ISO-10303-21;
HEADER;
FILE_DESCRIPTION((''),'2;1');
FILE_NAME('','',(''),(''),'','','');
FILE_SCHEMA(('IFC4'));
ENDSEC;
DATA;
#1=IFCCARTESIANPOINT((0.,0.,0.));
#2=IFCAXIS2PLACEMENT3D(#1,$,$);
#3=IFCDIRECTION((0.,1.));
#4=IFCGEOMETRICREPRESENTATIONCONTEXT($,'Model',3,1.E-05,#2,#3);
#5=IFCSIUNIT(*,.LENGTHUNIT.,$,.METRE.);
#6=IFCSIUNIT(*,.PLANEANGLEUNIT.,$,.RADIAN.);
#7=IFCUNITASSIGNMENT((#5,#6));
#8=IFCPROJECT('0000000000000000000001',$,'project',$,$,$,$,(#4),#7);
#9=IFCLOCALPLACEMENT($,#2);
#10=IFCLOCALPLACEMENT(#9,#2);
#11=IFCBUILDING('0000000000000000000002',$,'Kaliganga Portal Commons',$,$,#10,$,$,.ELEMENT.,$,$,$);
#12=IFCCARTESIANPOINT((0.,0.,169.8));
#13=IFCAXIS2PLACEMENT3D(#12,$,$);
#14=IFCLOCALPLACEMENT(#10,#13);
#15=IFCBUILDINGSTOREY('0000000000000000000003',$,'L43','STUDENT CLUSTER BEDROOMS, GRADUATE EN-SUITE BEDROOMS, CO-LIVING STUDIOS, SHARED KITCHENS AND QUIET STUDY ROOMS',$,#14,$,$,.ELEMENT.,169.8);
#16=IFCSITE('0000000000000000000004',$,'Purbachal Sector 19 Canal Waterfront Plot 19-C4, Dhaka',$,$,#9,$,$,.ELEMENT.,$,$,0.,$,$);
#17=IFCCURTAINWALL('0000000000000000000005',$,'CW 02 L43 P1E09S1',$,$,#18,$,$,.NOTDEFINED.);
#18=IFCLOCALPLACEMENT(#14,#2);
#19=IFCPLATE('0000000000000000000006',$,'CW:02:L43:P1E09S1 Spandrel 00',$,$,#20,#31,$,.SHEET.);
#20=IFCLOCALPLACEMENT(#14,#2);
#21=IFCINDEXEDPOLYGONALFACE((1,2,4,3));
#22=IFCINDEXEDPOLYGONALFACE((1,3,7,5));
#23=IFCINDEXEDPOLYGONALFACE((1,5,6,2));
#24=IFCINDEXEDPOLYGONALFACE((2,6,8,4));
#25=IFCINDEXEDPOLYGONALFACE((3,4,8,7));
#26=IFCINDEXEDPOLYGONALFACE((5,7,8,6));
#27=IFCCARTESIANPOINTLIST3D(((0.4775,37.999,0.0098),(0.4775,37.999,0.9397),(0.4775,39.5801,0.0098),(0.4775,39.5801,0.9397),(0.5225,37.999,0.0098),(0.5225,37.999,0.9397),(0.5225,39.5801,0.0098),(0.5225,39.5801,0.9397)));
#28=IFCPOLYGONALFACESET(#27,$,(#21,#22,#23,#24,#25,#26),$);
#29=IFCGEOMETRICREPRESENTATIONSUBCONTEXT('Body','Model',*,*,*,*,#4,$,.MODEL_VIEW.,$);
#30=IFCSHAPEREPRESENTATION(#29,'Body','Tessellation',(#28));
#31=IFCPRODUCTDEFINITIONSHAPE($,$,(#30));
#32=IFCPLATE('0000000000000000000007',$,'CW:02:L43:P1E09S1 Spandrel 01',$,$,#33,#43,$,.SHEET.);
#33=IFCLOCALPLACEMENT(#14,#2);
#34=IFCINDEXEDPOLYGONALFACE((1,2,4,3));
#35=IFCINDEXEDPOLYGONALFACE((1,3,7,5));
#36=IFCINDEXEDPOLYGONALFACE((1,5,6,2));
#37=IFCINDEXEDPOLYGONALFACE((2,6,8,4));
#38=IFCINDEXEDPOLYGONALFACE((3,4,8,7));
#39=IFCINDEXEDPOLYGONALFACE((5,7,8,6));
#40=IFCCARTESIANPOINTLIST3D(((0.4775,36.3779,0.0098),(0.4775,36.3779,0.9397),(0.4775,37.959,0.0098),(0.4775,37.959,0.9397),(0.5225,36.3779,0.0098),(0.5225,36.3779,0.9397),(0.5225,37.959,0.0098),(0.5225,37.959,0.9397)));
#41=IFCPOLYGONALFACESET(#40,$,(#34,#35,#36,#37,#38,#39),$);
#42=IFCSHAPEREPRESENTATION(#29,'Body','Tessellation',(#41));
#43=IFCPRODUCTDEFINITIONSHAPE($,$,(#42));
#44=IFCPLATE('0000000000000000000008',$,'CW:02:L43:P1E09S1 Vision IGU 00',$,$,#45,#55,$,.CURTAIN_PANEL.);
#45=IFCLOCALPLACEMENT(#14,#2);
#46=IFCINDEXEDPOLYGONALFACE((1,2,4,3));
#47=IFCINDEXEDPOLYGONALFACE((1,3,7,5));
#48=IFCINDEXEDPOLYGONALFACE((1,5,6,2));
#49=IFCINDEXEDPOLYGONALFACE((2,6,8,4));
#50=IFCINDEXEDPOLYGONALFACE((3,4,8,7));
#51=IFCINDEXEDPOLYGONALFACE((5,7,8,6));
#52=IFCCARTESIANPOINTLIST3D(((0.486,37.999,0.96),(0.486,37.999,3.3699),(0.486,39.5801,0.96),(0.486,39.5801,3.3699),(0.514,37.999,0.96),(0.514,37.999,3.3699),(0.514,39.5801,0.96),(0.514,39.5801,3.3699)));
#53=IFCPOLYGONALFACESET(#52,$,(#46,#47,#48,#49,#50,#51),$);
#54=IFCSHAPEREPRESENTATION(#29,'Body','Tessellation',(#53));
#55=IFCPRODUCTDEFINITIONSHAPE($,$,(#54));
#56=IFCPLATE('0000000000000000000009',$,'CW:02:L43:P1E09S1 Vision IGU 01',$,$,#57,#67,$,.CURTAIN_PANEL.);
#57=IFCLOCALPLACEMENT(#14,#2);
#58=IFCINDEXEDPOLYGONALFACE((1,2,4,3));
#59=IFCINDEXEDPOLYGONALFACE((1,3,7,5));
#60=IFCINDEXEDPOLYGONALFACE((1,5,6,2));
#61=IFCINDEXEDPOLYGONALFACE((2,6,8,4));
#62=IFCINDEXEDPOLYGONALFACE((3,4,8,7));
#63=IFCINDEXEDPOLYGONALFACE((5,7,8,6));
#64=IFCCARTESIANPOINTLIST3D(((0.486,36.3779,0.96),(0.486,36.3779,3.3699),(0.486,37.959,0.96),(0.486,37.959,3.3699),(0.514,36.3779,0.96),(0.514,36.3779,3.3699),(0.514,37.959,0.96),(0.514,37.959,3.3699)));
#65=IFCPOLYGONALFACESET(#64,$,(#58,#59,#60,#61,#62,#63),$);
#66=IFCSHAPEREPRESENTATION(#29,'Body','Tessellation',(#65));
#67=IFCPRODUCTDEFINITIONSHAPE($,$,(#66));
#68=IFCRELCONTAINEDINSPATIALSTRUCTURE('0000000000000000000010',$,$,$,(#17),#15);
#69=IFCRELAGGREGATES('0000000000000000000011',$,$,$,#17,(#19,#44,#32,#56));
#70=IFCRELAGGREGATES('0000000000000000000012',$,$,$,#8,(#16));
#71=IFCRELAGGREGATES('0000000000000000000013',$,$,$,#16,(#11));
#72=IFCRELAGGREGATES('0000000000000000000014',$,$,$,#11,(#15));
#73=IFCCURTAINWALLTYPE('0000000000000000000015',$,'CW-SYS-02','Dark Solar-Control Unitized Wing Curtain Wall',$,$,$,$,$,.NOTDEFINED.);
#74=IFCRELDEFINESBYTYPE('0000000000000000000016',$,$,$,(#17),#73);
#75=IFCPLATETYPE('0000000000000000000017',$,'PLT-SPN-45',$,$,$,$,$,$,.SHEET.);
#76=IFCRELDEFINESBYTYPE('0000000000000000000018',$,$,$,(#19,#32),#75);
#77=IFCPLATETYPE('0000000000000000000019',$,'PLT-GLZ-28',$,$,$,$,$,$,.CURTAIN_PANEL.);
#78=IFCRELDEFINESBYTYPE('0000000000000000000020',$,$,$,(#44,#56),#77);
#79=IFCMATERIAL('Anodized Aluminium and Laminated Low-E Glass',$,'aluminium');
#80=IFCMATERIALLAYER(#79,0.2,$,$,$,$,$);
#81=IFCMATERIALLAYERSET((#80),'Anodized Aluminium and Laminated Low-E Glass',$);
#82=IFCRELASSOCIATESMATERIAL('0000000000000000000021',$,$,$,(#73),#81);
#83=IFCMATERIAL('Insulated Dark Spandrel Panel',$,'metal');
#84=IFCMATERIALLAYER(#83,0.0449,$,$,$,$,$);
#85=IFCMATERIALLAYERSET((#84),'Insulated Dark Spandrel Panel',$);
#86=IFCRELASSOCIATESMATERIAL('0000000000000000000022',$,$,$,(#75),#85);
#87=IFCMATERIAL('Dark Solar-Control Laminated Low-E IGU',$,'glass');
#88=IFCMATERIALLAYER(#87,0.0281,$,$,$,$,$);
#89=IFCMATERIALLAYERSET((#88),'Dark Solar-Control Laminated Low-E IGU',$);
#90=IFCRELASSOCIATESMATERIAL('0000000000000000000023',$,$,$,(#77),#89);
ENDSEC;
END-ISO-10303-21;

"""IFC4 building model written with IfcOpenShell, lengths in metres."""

from ifc_helpers import new_model, si_unit, direction, frame, origin, origin_2d, place, context, subcontext, project, spatial, rectangle, extrude, source, transform, mapped, material, layer, layer_set, type_object, element, aggregate, save


model = new_model("IFC4")

# Units and contexts
model_context = context("Model", 3, precision=1e-05, world=origin(), true_north=direction((0.0, 1.0)))
body_context = subcontext(model_context, "Body", "Model", "MODEL_VIEW")
ifc_project = project(units=[si_unit("LENGTHUNIT", "METRE"), si_unit("PLANEANGLEUNIT", "RADIAN")], contexts=[model_context])

# Site, building, storey
site_placement = place(None, origin())
site = spatial("IfcSite", under=ifc_project, at=site_placement, Name="Purbachal Sector 19 Canal Waterfront Plot 19-C4, Dhaka", CompositionType="ELEMENT", RefElevation=0.0)
building_placement = place(site_placement, origin())
building = spatial("IfcBuilding", under=site, at=building_placement, Name="Kaliganga Portal Commons", CompositionType="ELEMENT")
storey_placement = place(building_placement, frame((0.0, 0.0, 169.8)))
storey = spatial("IfcBuildingStorey", under=building, at=storey_placement, Name="L43", Description="STUDENT CLUSTER BEDROOMS, GRADUATE EN-SUITE BEDROOMS, CO-LIVING STUDIOS, SHARED KITCHENS AND QUIET STUDY ROOMS", CompositionType="ELEMENT", Elevation=169.8)

# Curtain wall
ifc_material_1 = material(Name="Anodized Aluminium and Laminated Low-E Glass", Category="aluminium")
ifc_layer_1 = layer(ifc_material_1, 0.2)
ifc_layer_set_1 = layer_set([ifc_layer_1], Name="Anodized Aluminium and Laminated Low-E Glass")
curtain_wall_type = type_object("IfcCurtainWallType", Name="CW-SYS-02", Description="Dark Solar-Control Unitized Wing Curtain Wall", PredefinedType="NOTDEFINED", material=ifc_layer_set_1)
curtain_wall_1_placement = place(storey_placement, origin())
curtain_wall_1 = element("IfcCurtainWall", 1, at=curtain_wall_1_placement, inside=storey, type_object=curtain_wall_type, Name="CW 02 L43 P1E09S1", PredefinedType="NOTDEFINED")

# Plates
ifc_material_2 = material(Name="Insulated Dark Spandrel Panel", Category="metal")
ifc_layer_2 = layer(ifc_material_2, 0.0449)
ifc_layer_set_2 = layer_set([ifc_layer_2], Name="Insulated Dark Spandrel Panel")
plate_type_1 = type_object("IfcPlateType", Name="PLT-SPN-45", PredefinedType="SHEET", material=ifc_layer_set_2)
ifc_material_3 = material(Name="Dark Solar-Control Laminated Low-E IGU", Category="glass")
ifc_layer_3 = layer(ifc_material_3, 0.0281)
ifc_layer_set_3 = layer_set([ifc_layer_3], Name="Dark Solar-Control Laminated Low-E IGU")
plate_type_2 = type_object("IfcPlateType", Name="PLT-GLZ-28", PredefinedType="CURTAIN_PANEL", material=ifc_layer_set_3)
shared_shape_1 = source(origin(), body_context, "Body", "SweptSolid", [
    extrude(rectangle(XDim=1.5811, YDim=0.0449, at=origin_2d()), origin(), (0.0, 0.0, 1.0), 0.9299),
])
plate_1_placement = place(storey_placement, frame((0.5, 38.7896, 0.0098), z_axis=(0.0, 0.0, 1.0), x_axis=(0.0, -1.0, 0.0)))
plate_1 = element("IfcPlate", 2, at=plate_1_placement, type_object=plate_type_1, Name="CW:02:L43:P1E09S1 Spandrel 00", PredefinedType="SHEET", context=body_context, shape_type="MappedRepresentation", body=[
    mapped(shared_shape_1, transform((0.0, 0.0, 0.0), x_axis=(1.0, 0.0, 0.0), y_axis=(0.0, 1.0, 0.0), z_axis=(0.0, 0.0, 1.0), scale=1.0)),
])
plate_2_placement = place(storey_placement, frame((0.5, 37.1685, 0.0098), z_axis=(0.0, 0.0, 1.0), x_axis=(0.0, -1.0, 0.0)))
plate_2 = element("IfcPlate", 3, at=plate_2_placement, type_object=plate_type_1, Name="CW:02:L43:P1E09S1 Spandrel 01", PredefinedType="SHEET", context=body_context, shape_type="MappedRepresentation", body=[
    mapped(shared_shape_1, transform((0.0, 0.0, 0.0), x_axis=(1.0, 0.0, 0.0), y_axis=(0.0, 1.0, 0.0), z_axis=(0.0, 0.0, 1.0), scale=1.0)),
])
shared_shape_2 = source(origin(), body_context, "Body", "SweptSolid", [
    extrude(rectangle(XDim=1.5811, YDim=0.0281, at=origin_2d()), origin(), (0.0, 0.0, 1.0), 2.4099),
])
plate_3_placement = place(storey_placement, frame((0.5, 38.7896, 0.96), z_axis=(0.0, 0.0, 1.0), x_axis=(0.0, -1.0, 0.0)))
plate_3 = element("IfcPlate", 4, at=plate_3_placement, type_object=plate_type_2, Name="CW:02:L43:P1E09S1 Vision IGU 00", PredefinedType="CURTAIN_PANEL", context=body_context, shape_type="MappedRepresentation", body=[
    mapped(shared_shape_2, transform((0.0, 0.0, 0.0), x_axis=(1.0, 0.0, 0.0), y_axis=(0.0, 1.0, 0.0), z_axis=(0.0, 0.0, 1.0), scale=1.0)),
])
plate_4_placement = place(storey_placement, frame((0.5, 37.1685, 0.96), z_axis=(0.0, 0.0, 1.0), x_axis=(0.0, -1.0, 0.0)))
plate_4 = element("IfcPlate", 5, at=plate_4_placement, type_object=plate_type_2, Name="CW:02:L43:P1E09S1 Vision IGU 01", PredefinedType="CURTAIN_PANEL", context=body_context, shape_type="MappedRepresentation", body=[
    mapped(shared_shape_2, transform((0.0, 0.0, 0.0), x_axis=(1.0, 0.0, 0.0), y_axis=(0.0, 1.0, 0.0), z_axis=(0.0, 0.0, 1.0), scale=1.0)),
])
aggregate(curtain_wall_1, [plate_1, plate_3, plate_2, plate_4])

save(model, "model.ifc")
